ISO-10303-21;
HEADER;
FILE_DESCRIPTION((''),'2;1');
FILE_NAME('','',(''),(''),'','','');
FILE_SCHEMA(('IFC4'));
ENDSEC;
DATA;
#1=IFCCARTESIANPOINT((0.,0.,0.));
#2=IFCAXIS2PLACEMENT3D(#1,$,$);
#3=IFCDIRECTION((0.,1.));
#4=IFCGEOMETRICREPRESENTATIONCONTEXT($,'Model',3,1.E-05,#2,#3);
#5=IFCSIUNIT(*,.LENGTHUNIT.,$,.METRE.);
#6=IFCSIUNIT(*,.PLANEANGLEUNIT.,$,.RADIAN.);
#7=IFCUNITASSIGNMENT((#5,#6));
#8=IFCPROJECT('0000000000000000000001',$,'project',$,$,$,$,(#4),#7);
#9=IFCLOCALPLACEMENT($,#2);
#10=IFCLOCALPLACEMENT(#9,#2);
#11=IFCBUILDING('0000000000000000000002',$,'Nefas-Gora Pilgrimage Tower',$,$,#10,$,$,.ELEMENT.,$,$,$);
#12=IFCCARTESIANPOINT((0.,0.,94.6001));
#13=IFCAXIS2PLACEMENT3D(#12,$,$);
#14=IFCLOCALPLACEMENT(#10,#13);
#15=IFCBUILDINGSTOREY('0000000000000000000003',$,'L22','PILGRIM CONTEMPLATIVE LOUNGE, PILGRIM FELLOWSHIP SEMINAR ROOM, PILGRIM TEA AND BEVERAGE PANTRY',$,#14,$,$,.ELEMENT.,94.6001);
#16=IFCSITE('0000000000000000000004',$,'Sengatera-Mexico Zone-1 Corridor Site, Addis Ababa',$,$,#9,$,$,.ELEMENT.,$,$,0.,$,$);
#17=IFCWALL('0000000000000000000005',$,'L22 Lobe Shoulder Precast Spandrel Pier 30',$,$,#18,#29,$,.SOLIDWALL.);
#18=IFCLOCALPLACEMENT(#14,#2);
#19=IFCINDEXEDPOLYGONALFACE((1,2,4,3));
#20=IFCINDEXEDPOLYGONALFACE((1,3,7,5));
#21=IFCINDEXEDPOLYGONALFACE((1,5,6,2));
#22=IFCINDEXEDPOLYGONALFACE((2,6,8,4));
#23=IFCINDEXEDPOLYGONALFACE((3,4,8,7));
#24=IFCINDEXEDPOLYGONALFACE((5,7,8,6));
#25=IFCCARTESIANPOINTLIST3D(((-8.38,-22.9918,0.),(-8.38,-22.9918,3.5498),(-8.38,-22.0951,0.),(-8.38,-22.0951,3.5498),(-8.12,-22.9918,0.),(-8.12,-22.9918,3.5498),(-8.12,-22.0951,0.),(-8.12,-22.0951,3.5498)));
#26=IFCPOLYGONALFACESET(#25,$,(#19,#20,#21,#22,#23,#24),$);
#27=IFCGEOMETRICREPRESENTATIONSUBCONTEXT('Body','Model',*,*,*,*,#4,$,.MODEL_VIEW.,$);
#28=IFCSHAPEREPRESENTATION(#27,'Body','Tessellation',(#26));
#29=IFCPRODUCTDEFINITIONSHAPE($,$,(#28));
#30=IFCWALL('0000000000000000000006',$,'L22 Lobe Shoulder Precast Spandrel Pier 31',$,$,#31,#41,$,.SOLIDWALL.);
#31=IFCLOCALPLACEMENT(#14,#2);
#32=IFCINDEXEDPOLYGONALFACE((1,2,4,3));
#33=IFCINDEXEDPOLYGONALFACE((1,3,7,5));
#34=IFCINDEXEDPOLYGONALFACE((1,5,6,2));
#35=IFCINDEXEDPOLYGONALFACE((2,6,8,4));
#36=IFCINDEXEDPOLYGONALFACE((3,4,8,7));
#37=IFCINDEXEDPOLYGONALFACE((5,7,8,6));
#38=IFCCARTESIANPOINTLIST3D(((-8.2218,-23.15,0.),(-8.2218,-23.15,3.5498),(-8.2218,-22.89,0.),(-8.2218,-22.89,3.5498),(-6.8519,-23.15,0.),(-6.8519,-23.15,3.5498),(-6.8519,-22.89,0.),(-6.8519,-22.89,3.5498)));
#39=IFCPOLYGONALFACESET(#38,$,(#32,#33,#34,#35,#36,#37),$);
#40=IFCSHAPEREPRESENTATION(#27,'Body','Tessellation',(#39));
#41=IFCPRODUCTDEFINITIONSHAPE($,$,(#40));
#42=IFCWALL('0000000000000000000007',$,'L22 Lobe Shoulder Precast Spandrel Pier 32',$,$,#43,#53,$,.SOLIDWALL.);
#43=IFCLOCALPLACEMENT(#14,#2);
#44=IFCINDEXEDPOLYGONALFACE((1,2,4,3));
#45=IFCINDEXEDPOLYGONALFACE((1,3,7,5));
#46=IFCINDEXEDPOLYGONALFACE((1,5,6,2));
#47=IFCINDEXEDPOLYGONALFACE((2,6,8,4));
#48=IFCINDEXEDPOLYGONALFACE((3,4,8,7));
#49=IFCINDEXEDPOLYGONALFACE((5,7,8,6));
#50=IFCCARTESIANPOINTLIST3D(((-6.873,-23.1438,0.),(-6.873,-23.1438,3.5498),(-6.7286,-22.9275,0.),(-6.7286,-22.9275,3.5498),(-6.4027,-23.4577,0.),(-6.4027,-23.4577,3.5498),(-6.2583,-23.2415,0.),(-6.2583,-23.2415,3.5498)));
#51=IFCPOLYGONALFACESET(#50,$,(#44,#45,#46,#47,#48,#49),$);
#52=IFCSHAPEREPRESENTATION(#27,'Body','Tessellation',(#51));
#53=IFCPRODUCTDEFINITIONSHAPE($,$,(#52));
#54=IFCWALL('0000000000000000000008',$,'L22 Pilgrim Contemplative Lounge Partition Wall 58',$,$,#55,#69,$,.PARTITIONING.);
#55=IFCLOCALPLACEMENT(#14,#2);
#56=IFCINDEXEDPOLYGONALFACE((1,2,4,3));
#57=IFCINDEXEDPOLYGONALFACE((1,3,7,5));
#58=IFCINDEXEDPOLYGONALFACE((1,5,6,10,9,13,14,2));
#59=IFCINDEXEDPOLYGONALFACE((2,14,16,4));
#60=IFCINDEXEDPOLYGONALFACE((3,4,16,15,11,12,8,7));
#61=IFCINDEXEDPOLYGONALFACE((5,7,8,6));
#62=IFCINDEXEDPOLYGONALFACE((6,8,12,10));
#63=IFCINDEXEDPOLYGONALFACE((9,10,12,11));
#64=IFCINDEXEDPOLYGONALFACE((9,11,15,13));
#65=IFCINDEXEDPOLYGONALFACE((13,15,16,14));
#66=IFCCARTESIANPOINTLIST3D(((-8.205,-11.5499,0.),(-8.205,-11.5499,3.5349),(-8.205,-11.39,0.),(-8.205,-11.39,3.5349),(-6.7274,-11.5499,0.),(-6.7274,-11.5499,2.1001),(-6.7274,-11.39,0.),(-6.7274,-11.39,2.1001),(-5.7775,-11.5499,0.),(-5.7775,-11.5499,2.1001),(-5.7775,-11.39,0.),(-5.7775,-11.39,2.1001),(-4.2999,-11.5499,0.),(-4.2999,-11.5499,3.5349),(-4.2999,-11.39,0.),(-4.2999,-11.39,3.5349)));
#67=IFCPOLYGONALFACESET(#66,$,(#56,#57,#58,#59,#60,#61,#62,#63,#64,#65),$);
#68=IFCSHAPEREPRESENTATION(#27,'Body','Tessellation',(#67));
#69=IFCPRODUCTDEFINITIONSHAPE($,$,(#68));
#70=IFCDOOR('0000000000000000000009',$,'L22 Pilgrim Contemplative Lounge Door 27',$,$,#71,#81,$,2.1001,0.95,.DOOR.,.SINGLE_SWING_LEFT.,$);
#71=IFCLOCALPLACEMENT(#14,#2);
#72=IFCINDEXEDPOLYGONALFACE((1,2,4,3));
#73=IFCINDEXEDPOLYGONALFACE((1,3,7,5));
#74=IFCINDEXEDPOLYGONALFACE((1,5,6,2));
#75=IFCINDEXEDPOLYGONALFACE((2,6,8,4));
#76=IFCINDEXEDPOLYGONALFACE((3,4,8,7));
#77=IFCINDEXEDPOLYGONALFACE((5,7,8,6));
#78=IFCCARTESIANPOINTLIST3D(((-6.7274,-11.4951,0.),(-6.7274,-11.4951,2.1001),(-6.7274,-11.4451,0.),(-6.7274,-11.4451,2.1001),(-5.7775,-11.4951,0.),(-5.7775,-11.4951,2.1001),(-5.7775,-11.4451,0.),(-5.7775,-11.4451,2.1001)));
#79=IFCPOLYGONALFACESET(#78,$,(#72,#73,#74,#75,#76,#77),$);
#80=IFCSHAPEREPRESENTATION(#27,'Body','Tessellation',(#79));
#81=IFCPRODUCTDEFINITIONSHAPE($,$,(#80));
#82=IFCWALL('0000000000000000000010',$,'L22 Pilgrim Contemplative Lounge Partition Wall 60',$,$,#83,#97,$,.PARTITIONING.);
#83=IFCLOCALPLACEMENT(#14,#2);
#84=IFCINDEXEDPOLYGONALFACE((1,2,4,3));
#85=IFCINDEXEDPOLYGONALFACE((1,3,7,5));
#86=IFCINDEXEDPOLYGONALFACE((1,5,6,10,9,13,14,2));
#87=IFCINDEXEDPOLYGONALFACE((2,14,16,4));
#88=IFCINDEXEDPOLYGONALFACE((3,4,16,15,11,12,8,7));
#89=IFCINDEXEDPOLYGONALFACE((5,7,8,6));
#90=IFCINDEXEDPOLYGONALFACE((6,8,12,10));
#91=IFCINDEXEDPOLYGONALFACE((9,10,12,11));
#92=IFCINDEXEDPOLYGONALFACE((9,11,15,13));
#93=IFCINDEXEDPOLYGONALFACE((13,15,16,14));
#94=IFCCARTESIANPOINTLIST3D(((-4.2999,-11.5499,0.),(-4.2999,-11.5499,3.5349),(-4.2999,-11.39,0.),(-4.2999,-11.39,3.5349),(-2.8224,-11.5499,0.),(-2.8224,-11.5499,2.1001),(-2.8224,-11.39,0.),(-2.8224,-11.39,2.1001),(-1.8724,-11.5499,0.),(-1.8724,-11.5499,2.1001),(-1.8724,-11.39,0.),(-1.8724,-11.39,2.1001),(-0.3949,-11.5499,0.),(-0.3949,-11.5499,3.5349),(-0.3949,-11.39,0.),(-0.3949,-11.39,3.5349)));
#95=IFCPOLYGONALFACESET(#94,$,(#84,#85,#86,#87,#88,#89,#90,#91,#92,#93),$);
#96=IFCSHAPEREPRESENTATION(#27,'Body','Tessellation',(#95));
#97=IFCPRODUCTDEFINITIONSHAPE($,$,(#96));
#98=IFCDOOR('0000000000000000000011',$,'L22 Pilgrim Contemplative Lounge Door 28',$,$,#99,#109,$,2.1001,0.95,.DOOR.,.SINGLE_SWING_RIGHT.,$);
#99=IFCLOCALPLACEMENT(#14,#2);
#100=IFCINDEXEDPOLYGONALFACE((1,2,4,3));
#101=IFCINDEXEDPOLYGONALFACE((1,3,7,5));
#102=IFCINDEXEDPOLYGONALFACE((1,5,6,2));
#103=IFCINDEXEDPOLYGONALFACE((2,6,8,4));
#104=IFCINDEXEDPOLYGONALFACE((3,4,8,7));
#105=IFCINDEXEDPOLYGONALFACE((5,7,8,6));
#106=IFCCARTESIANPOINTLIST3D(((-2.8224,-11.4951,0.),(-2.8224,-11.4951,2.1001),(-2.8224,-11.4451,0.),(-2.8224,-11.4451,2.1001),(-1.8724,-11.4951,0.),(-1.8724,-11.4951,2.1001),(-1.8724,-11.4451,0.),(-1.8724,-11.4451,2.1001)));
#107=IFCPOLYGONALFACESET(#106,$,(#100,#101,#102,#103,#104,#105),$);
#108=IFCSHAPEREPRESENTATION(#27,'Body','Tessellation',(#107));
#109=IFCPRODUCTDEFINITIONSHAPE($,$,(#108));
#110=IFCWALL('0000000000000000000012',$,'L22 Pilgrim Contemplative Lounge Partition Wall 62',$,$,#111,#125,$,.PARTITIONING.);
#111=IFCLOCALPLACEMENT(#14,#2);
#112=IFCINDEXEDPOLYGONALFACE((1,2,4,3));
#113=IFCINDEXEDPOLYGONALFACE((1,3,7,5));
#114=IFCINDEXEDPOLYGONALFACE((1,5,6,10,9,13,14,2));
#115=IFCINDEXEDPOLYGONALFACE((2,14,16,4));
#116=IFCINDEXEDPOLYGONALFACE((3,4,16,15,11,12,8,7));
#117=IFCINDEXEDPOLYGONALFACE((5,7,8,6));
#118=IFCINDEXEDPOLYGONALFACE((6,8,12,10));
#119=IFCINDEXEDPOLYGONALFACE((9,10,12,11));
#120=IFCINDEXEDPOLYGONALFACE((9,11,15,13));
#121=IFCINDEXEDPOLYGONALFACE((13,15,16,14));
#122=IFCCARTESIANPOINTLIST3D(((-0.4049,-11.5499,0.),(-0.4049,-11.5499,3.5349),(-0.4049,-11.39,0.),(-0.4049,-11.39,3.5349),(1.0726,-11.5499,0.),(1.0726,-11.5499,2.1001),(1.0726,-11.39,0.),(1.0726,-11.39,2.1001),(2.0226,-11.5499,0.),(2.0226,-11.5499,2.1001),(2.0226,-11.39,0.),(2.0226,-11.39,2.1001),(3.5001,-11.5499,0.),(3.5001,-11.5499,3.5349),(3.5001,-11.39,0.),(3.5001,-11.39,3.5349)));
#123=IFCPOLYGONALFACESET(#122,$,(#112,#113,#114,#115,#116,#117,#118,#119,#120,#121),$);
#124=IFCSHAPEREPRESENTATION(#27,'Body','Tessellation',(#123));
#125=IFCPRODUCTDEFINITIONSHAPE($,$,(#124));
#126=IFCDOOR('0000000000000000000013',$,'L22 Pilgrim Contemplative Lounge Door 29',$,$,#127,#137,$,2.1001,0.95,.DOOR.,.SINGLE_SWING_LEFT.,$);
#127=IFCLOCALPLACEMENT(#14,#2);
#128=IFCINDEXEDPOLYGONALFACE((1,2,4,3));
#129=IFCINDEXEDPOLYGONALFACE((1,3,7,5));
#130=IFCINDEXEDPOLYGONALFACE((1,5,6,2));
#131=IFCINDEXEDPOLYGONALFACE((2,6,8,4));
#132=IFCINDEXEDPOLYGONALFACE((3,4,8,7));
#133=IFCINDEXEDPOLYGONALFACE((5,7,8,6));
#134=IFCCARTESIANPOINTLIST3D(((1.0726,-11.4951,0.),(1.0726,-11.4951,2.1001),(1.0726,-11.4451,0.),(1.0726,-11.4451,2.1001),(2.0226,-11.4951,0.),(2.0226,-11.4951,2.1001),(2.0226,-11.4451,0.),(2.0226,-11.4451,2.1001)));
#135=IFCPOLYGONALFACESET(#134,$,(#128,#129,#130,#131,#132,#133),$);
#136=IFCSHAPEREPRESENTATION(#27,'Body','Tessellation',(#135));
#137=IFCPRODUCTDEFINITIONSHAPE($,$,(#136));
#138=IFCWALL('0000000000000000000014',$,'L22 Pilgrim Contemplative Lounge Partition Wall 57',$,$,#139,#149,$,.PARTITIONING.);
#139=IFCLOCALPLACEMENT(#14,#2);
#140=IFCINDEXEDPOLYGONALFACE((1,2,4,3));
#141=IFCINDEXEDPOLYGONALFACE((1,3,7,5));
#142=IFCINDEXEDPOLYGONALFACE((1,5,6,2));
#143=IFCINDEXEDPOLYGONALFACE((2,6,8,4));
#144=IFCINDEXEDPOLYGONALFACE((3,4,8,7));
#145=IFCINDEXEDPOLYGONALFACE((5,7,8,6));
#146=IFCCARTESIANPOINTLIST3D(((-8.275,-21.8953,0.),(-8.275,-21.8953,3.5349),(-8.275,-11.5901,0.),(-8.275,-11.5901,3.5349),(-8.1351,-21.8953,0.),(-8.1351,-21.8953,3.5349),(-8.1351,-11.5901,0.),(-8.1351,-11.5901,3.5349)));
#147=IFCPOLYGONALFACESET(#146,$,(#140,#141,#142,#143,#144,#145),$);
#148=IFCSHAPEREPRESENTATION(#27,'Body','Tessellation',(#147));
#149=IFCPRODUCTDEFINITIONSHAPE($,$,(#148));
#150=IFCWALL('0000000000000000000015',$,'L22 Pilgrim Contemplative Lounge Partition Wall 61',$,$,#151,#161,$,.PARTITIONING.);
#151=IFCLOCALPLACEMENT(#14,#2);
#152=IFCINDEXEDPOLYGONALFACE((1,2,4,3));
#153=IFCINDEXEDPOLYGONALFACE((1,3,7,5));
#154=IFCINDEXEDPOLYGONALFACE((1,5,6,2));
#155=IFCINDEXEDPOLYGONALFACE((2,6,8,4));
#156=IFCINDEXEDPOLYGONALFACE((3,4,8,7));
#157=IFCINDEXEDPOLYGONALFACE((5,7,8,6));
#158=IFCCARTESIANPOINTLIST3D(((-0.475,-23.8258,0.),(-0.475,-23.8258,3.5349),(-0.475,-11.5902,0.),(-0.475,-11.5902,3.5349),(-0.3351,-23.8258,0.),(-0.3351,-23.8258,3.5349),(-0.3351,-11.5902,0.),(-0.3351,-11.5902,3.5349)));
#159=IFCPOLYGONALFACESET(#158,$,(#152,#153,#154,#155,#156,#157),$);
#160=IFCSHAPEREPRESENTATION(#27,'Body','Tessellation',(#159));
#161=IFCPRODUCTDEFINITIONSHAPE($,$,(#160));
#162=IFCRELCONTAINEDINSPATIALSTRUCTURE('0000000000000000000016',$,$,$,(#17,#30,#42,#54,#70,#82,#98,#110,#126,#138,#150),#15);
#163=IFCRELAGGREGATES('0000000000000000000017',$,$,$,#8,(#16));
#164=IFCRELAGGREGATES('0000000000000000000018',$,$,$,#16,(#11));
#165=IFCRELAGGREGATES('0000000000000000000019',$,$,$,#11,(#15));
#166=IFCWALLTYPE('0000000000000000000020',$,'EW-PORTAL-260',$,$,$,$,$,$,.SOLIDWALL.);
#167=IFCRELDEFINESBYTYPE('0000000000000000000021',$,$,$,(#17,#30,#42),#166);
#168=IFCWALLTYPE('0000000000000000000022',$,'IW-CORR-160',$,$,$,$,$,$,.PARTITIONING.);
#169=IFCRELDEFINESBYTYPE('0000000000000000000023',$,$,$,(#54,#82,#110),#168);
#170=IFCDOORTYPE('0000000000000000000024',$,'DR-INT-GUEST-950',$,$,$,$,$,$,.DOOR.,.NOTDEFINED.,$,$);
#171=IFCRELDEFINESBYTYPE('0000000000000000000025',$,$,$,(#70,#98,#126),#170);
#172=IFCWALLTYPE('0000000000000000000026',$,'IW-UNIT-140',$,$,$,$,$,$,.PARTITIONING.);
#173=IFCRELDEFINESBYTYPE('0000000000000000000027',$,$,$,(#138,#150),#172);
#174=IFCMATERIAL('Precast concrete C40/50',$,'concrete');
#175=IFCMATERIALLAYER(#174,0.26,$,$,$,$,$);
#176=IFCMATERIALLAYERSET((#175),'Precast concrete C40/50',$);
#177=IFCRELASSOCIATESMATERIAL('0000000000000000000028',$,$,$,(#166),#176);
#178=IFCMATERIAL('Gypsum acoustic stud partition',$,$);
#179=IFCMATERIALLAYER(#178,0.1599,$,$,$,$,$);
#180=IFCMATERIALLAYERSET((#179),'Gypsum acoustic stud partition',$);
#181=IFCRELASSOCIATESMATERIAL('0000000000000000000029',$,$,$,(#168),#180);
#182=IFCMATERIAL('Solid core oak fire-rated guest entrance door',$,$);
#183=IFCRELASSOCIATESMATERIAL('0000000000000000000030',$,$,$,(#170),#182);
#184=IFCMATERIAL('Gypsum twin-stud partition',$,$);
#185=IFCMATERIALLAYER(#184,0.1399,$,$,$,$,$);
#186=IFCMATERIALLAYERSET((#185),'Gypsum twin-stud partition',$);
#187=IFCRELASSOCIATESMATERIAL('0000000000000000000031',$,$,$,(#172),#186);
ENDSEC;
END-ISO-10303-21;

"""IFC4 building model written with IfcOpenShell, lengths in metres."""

from ifc_helpers import new_model, si_unit, direction, frame, frame_2d, origin, place, context, subcontext, project, spatial, rectangle, extrude, source, transform, mapped, material, layer, layer_set, type_object, element, fill, save


model = new_model("IFC4")

# Units and contexts
model_context = context("Model", 3, precision=1e-05, world=origin(), true_north=direction((0.0, 1.0)))
body_context = subcontext(model_context, "Body", "Model", "MODEL_VIEW")
ifc_project = project(units=[si_unit("LENGTHUNIT", "METRE"), si_unit("PLANEANGLEUNIT", "RADIAN")], contexts=[model_context])

# Site, building, storey
site_placement = place(None, origin())
site = spatial("IfcSite", under=ifc_project, at=site_placement, Name="Sengatera-Mexico Zone-1 Corridor Site, Addis Ababa", CompositionType="ELEMENT", RefElevation=0.0)
building_placement = place(site_placement, origin())
building = spatial("IfcBuilding", under=site, at=building_placement, Name="Nefas-Gora Pilgrimage Tower", CompositionType="ELEMENT")
storey_placement = place(building_placement, frame((0.0, 0.0, 94.6001)))
storey = spatial("IfcBuildingStorey", under=building, at=storey_placement, Name="L22", Description="PILGRIM CONTEMPLATIVE LOUNGE, PILGRIM FELLOWSHIP SEMINAR ROOM, PILGRIM TEA AND BEVERAGE PANTRY", CompositionType="ELEMENT", Elevation=94.6001)

# Walls
ifc_material_1 = material(Name="Precast concrete C40/50", Category="concrete")
ifc_layer_1 = layer(ifc_material_1, 0.26)
ifc_layer_set_1 = layer_set([ifc_layer_1], Name="Precast concrete C40/50")
wall_type_1 = type_object("IfcWallType", Name="EW-PORTAL-260", PredefinedType="SOLIDWALL", material=ifc_layer_set_1)
shared_shape_1 = source(origin(), body_context, "Body", "SweptSolid", [
    extrude(rectangle(XDim=0.8967, YDim=0.26, at=frame_2d((0.4482, 0.0))), origin(), (0.0, 0.0, 1.0), 3.5498),
])
wall_1_placement = place(storey_placement, frame((-8.25, -22.0952, 0.0), z_axis=(0.0, 0.0, 1.0), x_axis=(0.0, -1.0, 0.0)))
element("IfcWall", 1, at=wall_1_placement, inside=storey, type_object=wall_type_1, Name="L22 Lobe Shoulder Precast Spandrel Pier 30", PredefinedType="SOLIDWALL", context=body_context, shape_type="MappedRepresentation", body=[
    mapped(shared_shape_1, transform((0.0, 0.0, 0.0), x_axis=(1.0, 0.0, 0.0), y_axis=(0.0, 1.0, 0.0), z_axis=(0.0, 0.0, 1.0), scale=1.0)),
])
shared_shape_2 = source(origin(), body_context, "Body", "SweptSolid", [
    extrude(rectangle(XDim=1.3699, YDim=0.26, at=frame_2d((0.6851, 0.0))), origin(), (0.0, 0.0, 1.0), 3.5498),
])
wall_2_placement = place(storey_placement, frame((-8.2219, -23.02, 0.0), z_axis=(0.0, 0.0, 1.0), x_axis=(1.0, 0.0, 0.0)))
element("IfcWall", 2, at=wall_2_placement, inside=storey, type_object=wall_type_1, Name="L22 Lobe Shoulder Precast Spandrel Pier 31", PredefinedType="SOLIDWALL", context=body_context, shape_type="MappedRepresentation", body=[
    mapped(shared_shape_2, transform((0.0, 0.0, 0.0), x_axis=(1.0, 0.0, 0.0), y_axis=(0.0, 1.0, 0.0), z_axis=(0.0, 0.0, 1.0), scale=1.0)),
])
shared_shape_3 = source(origin(), body_context, "Body", "SweptSolid", [
    extrude(rectangle(XDim=0.5654, YDim=0.26, at=frame_2d((0.2827, 0.0))), origin(), (0.0, 0.0, 1.0), 3.5498),
])
wall_3_placement = place(storey_placement, frame((-6.8008, -23.0356, 0.0), z_axis=(0.0, 0.0, 1.0), x_axis=(0.831651, -0.555298, 0.0)))
element("IfcWall", 3, at=wall_3_placement, inside=storey, type_object=wall_type_1, Name="L22 Lobe Shoulder Precast Spandrel Pier 32", PredefinedType="SOLIDWALL", context=body_context, shape_type="MappedRepresentation", body=[
    mapped(shared_shape_3, transform((0.0, 0.0, 0.0), x_axis=(1.0, 0.0, 0.0), y_axis=(0.0, 1.0, 0.0), z_axis=(0.0, 0.0, 1.0), scale=1.0)),
])

# Walls, openings, doors
ifc_material_2 = material(Name="Gypsum acoustic stud partition")
ifc_layer_2 = layer(ifc_material_2, 0.1599)
ifc_layer_set_2 = layer_set([ifc_layer_2], Name="Gypsum acoustic stud partition")
wall_type_2 = type_object("IfcWallType", Name="IW-CORR-160", PredefinedType="PARTITIONING", material=ifc_layer_set_2)
shared_shape_4 = source(origin(), body_context, "Body", "SweptSolid", [
    extrude(rectangle(XDim=3.905, YDim=0.1599, at=frame_2d((1.9526, 0.0))), origin(), (0.0, 0.0, 1.0), 3.5349),
])
wall_4_placement = place(storey_placement, frame((-8.2051, -11.47, 0.0), z_axis=(0.0, 0.0, 1.0), x_axis=(1.0, 0.0, 0.0)))
wall_4 = element("IfcWall", 4, at=wall_4_placement, inside=storey, type_object=wall_type_2, Name="L22 Pilgrim Contemplative Lounge Partition Wall 58", PredefinedType="PARTITIONING", context=body_context, shape_type="MappedRepresentation", body=[
    mapped(shared_shape_4, transform((0.0, 0.0, 0.0), x_axis=(1.0, 0.0, 0.0), y_axis=(0.0, 1.0, 0.0), z_axis=(0.0, 0.0, 1.0), scale=1.0)),
])
opening_1_placement = place(wall_4_placement, frame((1.4775, 0.0, 0.0)))
opening_1 = element("IfcOpeningElement", 5, at=opening_1_placement, cuts=wall_4, PredefinedType="OPENING", context=body_context, shape_type="SweptSolid", body=[
    extrude(rectangle(XDim=0.95, YDim=2.1001, at=frame_2d((0.4751, 1.05))), frame((0.0, 0.0898, 0.0), z_axis=(0.0, -1.0, 0.0), x_axis=(1.0, 0.0, 0.0)), (0.0, 0.0, 1.0), 0.1799),
])
ifc_material_3 = material(Name="Solid core oak fire-rated guest entrance door")
door_type_1 = type_object("IfcDoorType", Name="DR-INT-GUEST-950", OperationType="NOTDEFINED", PredefinedType="DOOR", material=ifc_material_3)
shared_shape_5 = source(origin(), body_context, "Body", "SweptSolid", [
    extrude(rectangle(XDim=0.95, YDim=2.1001, at=frame_2d((0.4751, 1.05))), frame((0.0, 0.0249, 0.0), z_axis=(0.0, -1.0, 0.0), x_axis=(1.0, 0.0, 0.0)), (0.0, 0.0, 1.0), 0.05),
])
door_1_placement = place(opening_1_placement, origin())
door_1 = element("IfcDoor", 6, at=door_1_placement, inside=storey, type_object=door_type_1, Name="L22 Pilgrim Contemplative Lounge Door 27", OperationType="SINGLE_SWING_LEFT", OverallHeight=2.1001, OverallWidth=0.95, PredefinedType="DOOR", context=body_context, shape_type="MappedRepresentation", body=[
    mapped(shared_shape_5, transform((0.0, 0.0, 0.0), x_axis=(1.0, 0.0, 0.0), y_axis=(0.0, 1.0, 0.0), z_axis=(0.0, 0.0, 1.0), scale=1.0)),
])
fill(opening_1, door_1)
wall_5_placement = place(storey_placement, frame((-4.3, -11.47, 0.0), z_axis=(0.0, 0.0, 1.0), x_axis=(1.0, 0.0, 0.0)))
wall_5 = element("IfcWall", 7, at=wall_5_placement, inside=storey, type_object=wall_type_2, Name="L22 Pilgrim Contemplative Lounge Partition Wall 60", PredefinedType="PARTITIONING", context=body_context, shape_type="MappedRepresentation", body=[
    mapped(shared_shape_4, transform((0.0, 0.0, 0.0), x_axis=(1.0, 0.0, 0.0), y_axis=(0.0, 1.0, 0.0), z_axis=(0.0, 0.0, 1.0), scale=1.0)),
])
opening_2_placement = place(wall_5_placement, frame((1.4775, 0.0, 0.0)))
opening_2 = element("IfcOpeningElement", 8, at=opening_2_placement, cuts=wall_5, PredefinedType="OPENING", context=body_context, shape_type="SweptSolid", body=[
    extrude(rectangle(XDim=0.95, YDim=2.1001, at=frame_2d((0.4751, 1.05))), frame((0.0, 0.0898, 0.0), z_axis=(0.0, -1.0, 0.0), x_axis=(1.0, 0.0, 0.0)), (0.0, 0.0, 1.0), 0.1799),
])
door_2_placement = place(opening_2_placement, origin())
door_2 = element("IfcDoor", 9, at=door_2_placement, inside=storey, type_object=door_type_1, Name="L22 Pilgrim Contemplative Lounge Door 28", OperationType="SINGLE_SWING_RIGHT", OverallHeight=2.1001, OverallWidth=0.95, PredefinedType="DOOR", context=body_context, shape_type="MappedRepresentation", body=[
    mapped(shared_shape_5, transform((0.0, 0.0, 0.0), x_axis=(1.0, 0.0, 0.0), y_axis=(0.0, 1.0, 0.0), z_axis=(0.0, 0.0, 1.0), scale=1.0)),
])
fill(opening_2, door_2)
wall_6_placement = place(storey_placement, frame((-0.405, -11.47, 0.0), z_axis=(0.0, 0.0, 1.0), x_axis=(1.0, 0.0, 0.0)))
wall_6 = element("IfcWall", 10, at=wall_6_placement, inside=storey, type_object=wall_type_2, Name="L22 Pilgrim Contemplative Lounge Partition Wall 62", PredefinedType="PARTITIONING", context=body_context, shape_type="MappedRepresentation", body=[
    mapped(shared_shape_4, transform((0.0, 0.0, 0.0), x_axis=(1.0, 0.0, 0.0), y_axis=(0.0, 1.0, 0.0), z_axis=(0.0, 0.0, 1.0), scale=1.0)),
])
opening_3_placement = place(wall_6_placement, frame((1.4775, 0.0, 0.0)))
opening_3 = element("IfcOpeningElement", 11, at=opening_3_placement, cuts=wall_6, PredefinedType="OPENING", context=body_context, shape_type="SweptSolid", body=[
    extrude(rectangle(XDim=0.95, YDim=2.1001, at=frame_2d((0.4751, 1.05))), frame((0.0, 0.0898, 0.0), z_axis=(0.0, -1.0, 0.0), x_axis=(1.0, 0.0, 0.0)), (0.0, 0.0, 1.0), 0.1799),
])
door_3_placement = place(opening_3_placement, origin())
door_3 = element("IfcDoor", 12, at=door_3_placement, inside=storey, type_object=door_type_1, Name="L22 Pilgrim Contemplative Lounge Door 29", OperationType="SINGLE_SWING_LEFT", OverallHeight=2.1001, OverallWidth=0.95, PredefinedType="DOOR", context=body_context, shape_type="MappedRepresentation", body=[
    mapped(shared_shape_5, transform((0.0, 0.0, 0.0), x_axis=(1.0, 0.0, 0.0), y_axis=(0.0, 1.0, 0.0), z_axis=(0.0, 0.0, 1.0), scale=1.0)),
])
fill(opening_3, door_3)

# Walls
ifc_material_4 = material(Name="Gypsum twin-stud partition")
ifc_layer_3 = layer(ifc_material_4, 0.1399)
ifc_layer_set_3 = layer_set([ifc_layer_3], Name="Gypsum twin-stud partition")
wall_type_3 = type_object("IfcWallType", Name="IW-UNIT-140", PredefinedType="PARTITIONING", material=ifc_layer_set_3)
shared_shape_6 = source(origin(), body_context, "Body", "SweptSolid", [
    extrude(rectangle(XDim=10.3052, YDim=0.1399, at=frame_2d((5.1526, 0.0))), origin(), (0.0, 0.0, 1.0), 3.5349),
])
wall_7_placement = place(storey_placement, frame((-8.2051, -21.8953, 0.0), z_axis=(0.0, 0.0, 1.0), x_axis=(0.0, 1.0, 0.0)))
element("IfcWall", 13, at=wall_7_placement, inside=storey, type_object=wall_type_3, Name="L22 Pilgrim Contemplative Lounge Partition Wall 57", PredefinedType="PARTITIONING", context=body_context, shape_type="MappedRepresentation", body=[
    mapped(shared_shape_6, transform((0.0, 0.0, 0.0), x_axis=(1.0, 0.0, 0.0), y_axis=(0.0, 1.0, 0.0), z_axis=(0.0, 0.0, 1.0), scale=1.0)),
])
shared_shape_7 = source(origin(), body_context, "Body", "SweptSolid", [
    extrude(rectangle(XDim=12.2356, YDim=0.1399, at=frame_2d((6.1177, 0.0))), origin(), (0.0, 0.0, 1.0), 3.5349),
])
wall_8_placement = place(storey_placement, frame((-0.405, -23.8257, 0.0), z_axis=(0.0, 0.0, 1.0), x_axis=(0.0, 1.0, 0.0)))
element("IfcWall", 14, at=wall_8_placement, inside=storey, type_object=wall_type_3, Name="L22 Pilgrim Contemplative Lounge Partition Wall 61", PredefinedType="PARTITIONING", context=body_context, shape_type="MappedRepresentation", body=[
    mapped(shared_shape_7, transform((0.0, 0.0, 0.0), x_axis=(1.0, 0.0, 0.0), y_axis=(0.0, 1.0, 0.0), z_axis=(0.0, 0.0, 1.0), scale=1.0)),
])

save(model, "model.ifc")
